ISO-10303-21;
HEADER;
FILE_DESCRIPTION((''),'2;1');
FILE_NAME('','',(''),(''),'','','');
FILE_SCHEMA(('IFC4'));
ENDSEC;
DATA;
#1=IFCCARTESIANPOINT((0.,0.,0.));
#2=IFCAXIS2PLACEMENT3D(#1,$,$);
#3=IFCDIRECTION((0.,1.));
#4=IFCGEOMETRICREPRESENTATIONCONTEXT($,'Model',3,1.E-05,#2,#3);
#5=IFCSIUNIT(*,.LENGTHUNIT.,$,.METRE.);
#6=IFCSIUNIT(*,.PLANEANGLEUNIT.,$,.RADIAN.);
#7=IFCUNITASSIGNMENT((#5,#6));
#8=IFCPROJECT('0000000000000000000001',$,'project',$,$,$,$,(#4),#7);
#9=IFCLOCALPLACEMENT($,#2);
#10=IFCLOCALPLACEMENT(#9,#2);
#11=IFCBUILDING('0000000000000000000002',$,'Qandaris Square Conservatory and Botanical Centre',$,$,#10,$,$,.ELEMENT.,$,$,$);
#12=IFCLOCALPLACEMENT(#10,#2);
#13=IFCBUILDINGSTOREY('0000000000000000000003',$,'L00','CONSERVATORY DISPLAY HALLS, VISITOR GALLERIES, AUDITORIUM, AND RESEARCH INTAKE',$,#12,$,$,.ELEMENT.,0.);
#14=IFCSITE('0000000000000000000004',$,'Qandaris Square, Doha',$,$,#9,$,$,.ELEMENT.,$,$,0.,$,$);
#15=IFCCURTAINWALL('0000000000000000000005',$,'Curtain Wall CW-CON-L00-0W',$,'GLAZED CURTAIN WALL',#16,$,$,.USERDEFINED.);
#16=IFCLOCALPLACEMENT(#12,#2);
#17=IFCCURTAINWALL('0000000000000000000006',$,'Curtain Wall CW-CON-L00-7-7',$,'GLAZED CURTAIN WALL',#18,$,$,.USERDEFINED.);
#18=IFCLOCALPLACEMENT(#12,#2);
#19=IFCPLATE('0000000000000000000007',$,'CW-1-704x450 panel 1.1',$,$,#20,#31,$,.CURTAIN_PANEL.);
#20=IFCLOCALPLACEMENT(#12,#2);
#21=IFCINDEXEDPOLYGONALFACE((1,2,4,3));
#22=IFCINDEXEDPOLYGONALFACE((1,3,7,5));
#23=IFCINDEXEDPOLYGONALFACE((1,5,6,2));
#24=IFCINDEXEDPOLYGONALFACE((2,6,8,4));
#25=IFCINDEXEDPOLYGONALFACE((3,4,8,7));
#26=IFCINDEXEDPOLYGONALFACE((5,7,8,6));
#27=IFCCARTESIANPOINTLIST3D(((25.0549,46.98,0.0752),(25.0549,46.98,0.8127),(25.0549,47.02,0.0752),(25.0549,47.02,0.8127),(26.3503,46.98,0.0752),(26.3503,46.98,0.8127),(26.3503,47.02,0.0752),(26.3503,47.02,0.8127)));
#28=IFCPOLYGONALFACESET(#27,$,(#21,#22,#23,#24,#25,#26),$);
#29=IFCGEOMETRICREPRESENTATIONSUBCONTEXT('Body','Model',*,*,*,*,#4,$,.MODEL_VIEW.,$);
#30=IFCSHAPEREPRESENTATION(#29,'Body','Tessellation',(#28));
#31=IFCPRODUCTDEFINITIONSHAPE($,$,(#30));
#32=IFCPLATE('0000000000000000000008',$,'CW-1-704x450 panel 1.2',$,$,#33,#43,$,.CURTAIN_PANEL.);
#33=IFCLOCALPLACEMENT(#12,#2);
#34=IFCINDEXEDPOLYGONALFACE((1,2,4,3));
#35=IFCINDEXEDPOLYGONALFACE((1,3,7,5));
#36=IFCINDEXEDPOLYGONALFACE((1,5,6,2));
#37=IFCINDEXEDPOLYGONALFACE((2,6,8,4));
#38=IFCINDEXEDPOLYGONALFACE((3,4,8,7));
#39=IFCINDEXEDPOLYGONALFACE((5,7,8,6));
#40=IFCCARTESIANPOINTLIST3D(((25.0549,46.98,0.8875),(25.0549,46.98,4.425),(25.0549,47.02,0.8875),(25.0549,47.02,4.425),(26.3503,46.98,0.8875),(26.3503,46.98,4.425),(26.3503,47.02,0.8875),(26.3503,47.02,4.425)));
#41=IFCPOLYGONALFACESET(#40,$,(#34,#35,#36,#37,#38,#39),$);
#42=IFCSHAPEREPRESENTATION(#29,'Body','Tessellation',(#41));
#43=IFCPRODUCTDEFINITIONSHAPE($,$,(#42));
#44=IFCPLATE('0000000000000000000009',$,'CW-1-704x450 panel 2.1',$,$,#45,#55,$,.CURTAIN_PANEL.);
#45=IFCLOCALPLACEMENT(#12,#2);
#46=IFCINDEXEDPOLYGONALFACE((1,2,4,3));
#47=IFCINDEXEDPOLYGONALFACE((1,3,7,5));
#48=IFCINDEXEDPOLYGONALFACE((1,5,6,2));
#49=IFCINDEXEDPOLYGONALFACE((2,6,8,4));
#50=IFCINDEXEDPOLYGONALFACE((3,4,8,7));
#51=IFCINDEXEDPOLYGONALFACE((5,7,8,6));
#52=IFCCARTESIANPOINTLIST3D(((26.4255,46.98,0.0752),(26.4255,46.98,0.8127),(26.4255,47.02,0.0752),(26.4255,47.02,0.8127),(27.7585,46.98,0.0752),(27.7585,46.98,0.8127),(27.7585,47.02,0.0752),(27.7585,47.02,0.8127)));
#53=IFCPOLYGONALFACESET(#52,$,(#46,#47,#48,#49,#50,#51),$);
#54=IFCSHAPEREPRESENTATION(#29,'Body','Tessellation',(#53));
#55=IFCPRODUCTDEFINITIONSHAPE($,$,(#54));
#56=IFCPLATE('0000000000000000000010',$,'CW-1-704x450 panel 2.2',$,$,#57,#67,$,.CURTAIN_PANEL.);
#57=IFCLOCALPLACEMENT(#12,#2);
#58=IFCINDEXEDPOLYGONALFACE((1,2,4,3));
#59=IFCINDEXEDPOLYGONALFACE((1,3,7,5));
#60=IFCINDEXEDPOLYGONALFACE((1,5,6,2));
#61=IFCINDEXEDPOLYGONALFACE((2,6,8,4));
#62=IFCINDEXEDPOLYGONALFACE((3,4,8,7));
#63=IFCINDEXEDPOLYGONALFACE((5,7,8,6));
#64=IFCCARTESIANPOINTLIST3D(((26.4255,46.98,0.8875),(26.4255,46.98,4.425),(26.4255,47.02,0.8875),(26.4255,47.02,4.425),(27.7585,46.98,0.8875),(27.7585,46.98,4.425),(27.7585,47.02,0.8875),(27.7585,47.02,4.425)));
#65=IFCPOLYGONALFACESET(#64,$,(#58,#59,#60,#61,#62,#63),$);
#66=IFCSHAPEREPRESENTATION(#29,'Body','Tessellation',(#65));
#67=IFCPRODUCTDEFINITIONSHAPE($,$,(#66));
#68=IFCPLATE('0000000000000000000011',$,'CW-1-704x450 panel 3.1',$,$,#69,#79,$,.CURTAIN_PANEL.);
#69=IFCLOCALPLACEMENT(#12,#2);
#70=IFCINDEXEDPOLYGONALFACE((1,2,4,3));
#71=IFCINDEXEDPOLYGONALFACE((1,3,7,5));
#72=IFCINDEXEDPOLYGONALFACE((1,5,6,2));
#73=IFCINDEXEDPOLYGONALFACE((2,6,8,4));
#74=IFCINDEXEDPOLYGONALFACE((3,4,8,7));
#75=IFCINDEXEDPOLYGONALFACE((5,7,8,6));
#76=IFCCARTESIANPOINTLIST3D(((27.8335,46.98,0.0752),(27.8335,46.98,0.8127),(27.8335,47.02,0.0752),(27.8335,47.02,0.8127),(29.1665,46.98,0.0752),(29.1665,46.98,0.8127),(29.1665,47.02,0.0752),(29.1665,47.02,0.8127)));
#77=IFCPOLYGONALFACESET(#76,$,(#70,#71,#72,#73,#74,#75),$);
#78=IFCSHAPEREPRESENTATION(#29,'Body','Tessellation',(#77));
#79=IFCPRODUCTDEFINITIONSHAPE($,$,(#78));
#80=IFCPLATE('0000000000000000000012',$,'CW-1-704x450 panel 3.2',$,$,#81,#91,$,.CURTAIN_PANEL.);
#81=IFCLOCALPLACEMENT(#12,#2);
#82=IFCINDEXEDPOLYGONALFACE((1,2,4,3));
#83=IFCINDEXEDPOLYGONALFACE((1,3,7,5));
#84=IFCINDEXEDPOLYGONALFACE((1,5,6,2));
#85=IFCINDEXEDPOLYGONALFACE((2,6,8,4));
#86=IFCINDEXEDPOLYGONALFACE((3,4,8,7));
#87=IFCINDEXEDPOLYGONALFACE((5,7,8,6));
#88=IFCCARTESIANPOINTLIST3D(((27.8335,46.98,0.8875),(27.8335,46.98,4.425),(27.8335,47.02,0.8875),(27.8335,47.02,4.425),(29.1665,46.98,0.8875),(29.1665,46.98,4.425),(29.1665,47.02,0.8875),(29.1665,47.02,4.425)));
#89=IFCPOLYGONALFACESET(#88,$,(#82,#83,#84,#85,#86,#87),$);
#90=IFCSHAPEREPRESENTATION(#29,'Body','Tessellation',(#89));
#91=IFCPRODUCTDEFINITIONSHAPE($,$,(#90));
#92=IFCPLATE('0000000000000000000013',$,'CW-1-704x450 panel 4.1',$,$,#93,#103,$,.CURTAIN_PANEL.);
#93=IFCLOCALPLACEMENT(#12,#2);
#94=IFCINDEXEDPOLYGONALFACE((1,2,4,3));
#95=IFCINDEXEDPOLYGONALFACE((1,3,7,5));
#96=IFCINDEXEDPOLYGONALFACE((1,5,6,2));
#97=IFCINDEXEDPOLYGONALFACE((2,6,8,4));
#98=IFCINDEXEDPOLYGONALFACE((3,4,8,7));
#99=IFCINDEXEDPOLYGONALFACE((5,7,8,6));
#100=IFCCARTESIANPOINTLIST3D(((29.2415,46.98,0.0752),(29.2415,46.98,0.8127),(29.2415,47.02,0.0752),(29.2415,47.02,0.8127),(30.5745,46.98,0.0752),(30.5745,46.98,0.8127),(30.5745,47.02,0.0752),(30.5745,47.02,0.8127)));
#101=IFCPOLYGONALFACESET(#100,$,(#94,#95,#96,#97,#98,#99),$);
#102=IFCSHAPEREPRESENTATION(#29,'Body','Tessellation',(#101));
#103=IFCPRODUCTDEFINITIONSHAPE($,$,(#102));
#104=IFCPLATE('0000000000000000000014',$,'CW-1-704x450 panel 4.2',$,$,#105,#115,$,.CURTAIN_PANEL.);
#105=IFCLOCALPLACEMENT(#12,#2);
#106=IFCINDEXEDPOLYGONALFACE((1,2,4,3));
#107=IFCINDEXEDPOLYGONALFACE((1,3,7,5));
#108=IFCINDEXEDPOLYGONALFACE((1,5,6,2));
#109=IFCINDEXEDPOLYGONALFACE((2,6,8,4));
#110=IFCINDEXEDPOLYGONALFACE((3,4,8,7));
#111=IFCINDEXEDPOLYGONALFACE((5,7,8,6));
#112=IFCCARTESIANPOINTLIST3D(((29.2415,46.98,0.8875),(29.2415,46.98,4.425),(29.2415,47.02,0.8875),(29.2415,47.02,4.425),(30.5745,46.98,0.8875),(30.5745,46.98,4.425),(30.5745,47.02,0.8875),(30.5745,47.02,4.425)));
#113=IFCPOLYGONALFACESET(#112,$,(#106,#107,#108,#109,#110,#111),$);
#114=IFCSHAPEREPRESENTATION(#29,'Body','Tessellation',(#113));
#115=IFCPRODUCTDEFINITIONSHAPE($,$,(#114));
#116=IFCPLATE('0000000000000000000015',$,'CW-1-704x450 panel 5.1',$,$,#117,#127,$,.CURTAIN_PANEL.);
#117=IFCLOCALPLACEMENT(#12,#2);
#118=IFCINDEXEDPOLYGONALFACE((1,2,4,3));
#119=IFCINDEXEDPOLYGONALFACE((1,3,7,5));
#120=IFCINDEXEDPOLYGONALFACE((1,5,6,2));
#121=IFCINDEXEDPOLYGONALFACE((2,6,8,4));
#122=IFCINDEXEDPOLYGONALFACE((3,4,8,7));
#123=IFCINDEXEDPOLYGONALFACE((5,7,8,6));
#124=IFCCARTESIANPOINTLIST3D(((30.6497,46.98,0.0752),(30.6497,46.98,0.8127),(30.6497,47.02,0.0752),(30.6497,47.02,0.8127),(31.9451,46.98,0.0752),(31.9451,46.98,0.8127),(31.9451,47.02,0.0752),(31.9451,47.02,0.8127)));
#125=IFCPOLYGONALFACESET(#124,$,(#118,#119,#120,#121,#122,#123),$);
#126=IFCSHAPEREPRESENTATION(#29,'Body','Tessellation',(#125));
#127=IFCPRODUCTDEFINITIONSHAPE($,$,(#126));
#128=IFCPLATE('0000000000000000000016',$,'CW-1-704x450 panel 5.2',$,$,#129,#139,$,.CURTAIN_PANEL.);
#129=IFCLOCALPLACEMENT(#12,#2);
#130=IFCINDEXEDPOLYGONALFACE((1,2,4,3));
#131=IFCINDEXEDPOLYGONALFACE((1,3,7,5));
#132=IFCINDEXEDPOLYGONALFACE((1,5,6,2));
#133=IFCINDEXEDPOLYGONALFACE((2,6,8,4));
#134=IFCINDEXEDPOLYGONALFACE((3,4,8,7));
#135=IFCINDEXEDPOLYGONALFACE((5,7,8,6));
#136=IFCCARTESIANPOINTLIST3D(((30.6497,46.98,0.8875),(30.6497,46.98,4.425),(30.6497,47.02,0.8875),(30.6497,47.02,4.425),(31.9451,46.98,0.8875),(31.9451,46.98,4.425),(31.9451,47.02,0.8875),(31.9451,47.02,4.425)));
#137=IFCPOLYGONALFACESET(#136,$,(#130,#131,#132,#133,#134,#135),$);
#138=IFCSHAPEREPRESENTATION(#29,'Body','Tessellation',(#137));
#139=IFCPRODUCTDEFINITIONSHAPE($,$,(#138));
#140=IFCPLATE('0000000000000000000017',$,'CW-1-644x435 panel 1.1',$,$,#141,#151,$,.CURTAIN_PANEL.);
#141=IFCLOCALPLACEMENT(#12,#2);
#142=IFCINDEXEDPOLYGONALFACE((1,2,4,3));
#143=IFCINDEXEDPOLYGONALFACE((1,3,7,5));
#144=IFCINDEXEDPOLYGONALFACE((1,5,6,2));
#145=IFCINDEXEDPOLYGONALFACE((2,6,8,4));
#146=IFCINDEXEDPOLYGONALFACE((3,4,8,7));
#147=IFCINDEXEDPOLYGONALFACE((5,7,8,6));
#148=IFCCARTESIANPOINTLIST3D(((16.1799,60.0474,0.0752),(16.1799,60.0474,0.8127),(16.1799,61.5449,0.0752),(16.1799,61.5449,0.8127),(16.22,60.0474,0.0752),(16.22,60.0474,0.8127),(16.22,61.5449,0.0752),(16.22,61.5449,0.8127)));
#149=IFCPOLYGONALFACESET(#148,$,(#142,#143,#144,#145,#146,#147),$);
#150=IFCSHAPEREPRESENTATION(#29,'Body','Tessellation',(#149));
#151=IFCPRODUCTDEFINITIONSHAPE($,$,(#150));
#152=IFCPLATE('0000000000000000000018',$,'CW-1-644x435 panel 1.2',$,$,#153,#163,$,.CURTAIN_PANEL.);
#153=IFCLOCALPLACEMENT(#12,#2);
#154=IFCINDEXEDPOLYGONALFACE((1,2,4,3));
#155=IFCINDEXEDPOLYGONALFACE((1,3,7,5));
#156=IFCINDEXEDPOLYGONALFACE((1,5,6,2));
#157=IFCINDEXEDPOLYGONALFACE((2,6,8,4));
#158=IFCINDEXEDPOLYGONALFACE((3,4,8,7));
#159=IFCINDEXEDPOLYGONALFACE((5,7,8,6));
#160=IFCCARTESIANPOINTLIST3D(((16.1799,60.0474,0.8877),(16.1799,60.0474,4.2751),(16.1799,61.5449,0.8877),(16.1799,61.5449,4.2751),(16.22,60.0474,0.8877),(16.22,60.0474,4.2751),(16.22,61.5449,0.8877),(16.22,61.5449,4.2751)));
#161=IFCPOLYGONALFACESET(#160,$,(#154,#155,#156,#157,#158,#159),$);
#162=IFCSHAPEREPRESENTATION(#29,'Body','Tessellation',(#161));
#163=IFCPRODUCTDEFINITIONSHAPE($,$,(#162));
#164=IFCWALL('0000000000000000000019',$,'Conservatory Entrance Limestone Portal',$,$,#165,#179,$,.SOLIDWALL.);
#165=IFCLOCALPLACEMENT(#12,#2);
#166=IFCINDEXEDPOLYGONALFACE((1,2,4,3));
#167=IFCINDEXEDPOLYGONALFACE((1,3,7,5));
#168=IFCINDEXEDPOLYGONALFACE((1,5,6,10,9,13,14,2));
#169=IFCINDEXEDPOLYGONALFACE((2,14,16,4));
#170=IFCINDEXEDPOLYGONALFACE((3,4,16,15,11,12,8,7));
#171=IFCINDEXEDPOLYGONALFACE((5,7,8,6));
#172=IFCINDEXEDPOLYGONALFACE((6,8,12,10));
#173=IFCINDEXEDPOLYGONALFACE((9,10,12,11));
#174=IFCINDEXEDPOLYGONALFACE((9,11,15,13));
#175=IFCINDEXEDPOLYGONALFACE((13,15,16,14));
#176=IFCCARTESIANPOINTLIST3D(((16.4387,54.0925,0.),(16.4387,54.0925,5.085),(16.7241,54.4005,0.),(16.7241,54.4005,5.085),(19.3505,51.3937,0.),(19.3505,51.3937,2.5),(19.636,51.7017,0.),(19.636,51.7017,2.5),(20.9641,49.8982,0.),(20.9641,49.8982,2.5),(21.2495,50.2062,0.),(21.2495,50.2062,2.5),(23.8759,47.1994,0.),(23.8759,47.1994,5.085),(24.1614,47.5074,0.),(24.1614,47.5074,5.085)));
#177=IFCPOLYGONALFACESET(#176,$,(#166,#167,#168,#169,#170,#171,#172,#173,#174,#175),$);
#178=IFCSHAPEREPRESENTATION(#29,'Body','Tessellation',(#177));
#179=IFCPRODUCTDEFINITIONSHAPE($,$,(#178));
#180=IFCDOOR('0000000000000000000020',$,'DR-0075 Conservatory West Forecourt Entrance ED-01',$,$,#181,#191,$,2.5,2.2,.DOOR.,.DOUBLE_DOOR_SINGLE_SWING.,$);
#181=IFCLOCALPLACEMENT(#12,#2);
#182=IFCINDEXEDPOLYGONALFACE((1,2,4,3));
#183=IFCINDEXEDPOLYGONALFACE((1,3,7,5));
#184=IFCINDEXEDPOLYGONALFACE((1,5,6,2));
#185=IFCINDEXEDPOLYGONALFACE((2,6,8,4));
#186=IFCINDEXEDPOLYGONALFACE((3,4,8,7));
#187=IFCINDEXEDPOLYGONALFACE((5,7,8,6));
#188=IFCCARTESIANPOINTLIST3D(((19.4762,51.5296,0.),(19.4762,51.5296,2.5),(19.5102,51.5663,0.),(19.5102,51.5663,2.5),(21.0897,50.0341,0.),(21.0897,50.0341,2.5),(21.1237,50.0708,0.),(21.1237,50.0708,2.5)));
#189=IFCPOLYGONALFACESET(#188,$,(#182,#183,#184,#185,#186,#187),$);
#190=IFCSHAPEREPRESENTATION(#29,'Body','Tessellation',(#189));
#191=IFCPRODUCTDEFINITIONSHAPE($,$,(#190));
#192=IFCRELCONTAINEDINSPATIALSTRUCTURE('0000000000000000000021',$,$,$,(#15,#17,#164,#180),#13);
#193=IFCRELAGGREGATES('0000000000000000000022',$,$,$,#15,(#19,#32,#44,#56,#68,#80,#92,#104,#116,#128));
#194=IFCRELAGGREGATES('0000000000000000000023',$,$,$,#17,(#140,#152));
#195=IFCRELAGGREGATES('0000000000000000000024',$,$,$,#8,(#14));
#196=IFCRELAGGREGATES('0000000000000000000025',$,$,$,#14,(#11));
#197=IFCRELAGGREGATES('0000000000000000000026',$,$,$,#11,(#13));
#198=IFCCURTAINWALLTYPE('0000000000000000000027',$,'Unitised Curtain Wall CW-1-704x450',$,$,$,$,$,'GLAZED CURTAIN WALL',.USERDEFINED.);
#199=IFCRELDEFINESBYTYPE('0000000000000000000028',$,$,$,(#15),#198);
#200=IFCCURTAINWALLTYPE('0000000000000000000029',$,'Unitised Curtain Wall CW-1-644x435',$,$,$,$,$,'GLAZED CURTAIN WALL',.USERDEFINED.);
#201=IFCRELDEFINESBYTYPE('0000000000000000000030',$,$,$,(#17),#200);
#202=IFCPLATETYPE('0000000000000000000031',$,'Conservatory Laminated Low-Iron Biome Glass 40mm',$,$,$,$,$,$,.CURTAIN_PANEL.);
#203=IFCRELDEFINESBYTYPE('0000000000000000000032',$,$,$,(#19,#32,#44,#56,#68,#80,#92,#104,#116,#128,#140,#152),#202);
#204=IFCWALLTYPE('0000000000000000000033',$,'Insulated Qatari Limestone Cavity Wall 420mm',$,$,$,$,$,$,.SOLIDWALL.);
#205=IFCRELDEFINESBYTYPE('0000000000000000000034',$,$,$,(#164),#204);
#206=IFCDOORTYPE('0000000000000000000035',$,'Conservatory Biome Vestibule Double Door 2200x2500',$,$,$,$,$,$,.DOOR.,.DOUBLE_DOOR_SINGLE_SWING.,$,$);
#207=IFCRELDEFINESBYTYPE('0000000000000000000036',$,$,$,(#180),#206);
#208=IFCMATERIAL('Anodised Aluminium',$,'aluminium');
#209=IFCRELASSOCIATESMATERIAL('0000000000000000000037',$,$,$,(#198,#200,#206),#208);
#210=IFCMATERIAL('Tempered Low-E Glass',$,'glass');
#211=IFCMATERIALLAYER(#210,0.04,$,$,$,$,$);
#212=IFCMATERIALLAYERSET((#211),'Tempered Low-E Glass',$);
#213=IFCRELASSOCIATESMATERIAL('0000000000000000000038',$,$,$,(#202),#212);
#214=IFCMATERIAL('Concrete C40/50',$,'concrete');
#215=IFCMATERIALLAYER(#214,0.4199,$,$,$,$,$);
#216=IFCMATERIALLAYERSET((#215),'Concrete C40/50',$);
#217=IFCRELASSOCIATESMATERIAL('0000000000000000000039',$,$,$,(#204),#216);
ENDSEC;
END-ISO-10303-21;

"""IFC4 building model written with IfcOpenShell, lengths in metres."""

from ifc_helpers import new_model, si_unit, direction, frame, frame_2d, origin, origin_2d, place, context, subcontext, project, spatial, rectangle, extrude, material, layer, layer_set, type_object, element, fill, aggregate, save


model = new_model("IFC4")

# Units and contexts
model_context = context("Model", 3, precision=1e-05, world=origin(), true_north=direction((0.0, 1.0)))
body_context = subcontext(model_context, "Body", "Model", "MODEL_VIEW")
ifc_project = project(units=[si_unit("LENGTHUNIT", "METRE"), si_unit("PLANEANGLEUNIT", "RADIAN")], contexts=[model_context])

# Site, building, storey
site_placement = place(None, origin())
site = spatial("IfcSite", under=ifc_project, at=site_placement, Name="Qandaris Square, Doha", CompositionType="ELEMENT", RefElevation=0.0)
building_placement = place(site_placement, origin())
building = spatial("IfcBuilding", under=site, at=building_placement, Name="Qandaris Square Conservatory and Botanical Centre", CompositionType="ELEMENT")
storey_placement = place(building_placement, origin())
storey = spatial("IfcBuildingStorey", under=building, at=storey_placement, Name="L00", Description="CONSERVATORY DISPLAY HALLS, VISITOR GALLERIES, AUDITORIUM, AND RESEARCH INTAKE", CompositionType="ELEMENT", Elevation=0.0)

# Curtain walls
ifc_material_1 = material(Name="Anodised Aluminium", Category="aluminium")
curtain_wall_type_1 = type_object("IfcCurtainWallType", Name="Unitised Curtain Wall CW-1-704x450", ElementType="GLAZED CURTAIN WALL", PredefinedType="USERDEFINED", material=ifc_material_1)
curtain_wall_1_placement = place(storey_placement, origin())
curtain_wall_1 = element("IfcCurtainWall", 1, at=curtain_wall_1_placement, inside=storey, type_object=curtain_wall_type_1, Name="Curtain Wall CW-CON-L00-0W", ObjectType="GLAZED CURTAIN WALL", PredefinedType="USERDEFINED")
curtain_wall_type_2 = type_object("IfcCurtainWallType", Name="Unitised Curtain Wall CW-1-644x435", ElementType="GLAZED CURTAIN WALL", PredefinedType="USERDEFINED", material=ifc_material_1)
curtain_wall_2_placement = place(storey_placement, origin())
curtain_wall_2 = element("IfcCurtainWall", 2, at=curtain_wall_2_placement, inside=storey, type_object=curtain_wall_type_2, Name="Curtain Wall CW-CON-L00-7-7", ObjectType="GLAZED CURTAIN WALL", PredefinedType="USERDEFINED")

# Plates
ifc_material_2 = material(Name="Tempered Low-E Glass", Category="glass")
ifc_layer_1 = layer(ifc_material_2, 0.04)
ifc_layer_set_1 = layer_set([ifc_layer_1], Name="Tempered Low-E Glass")
plate_type = type_object("IfcPlateType", Name="Conservatory Laminated Low-Iron Biome Glass 40mm", PredefinedType="CURTAIN_PANEL", material=ifc_layer_set_1)
plate_1_placement = place(storey_placement, frame((25.7026, 47.0, 0.0752), z_axis=(0.0, 0.0, 1.0), x_axis=(1.0, 0.0, 0.0)))
plate_1 = element("IfcPlate", 3, at=plate_1_placement, type_object=plate_type, Name="CW-1-704x450 panel 1.1", PredefinedType="CURTAIN_PANEL", context=body_context, shape_type="SweptSolid", body=[
    extrude(rectangle(XDim=1.2954, YDim=0.04, at=origin_2d()), origin(), (0.0, 0.0, 1.0), 0.7375),
])
plate_2_placement = place(storey_placement, frame((25.7026, 47.0, 0.8875), z_axis=(0.0, 0.0, 1.0), x_axis=(1.0, 0.0, 0.0)))
plate_2 = element("IfcPlate", 4, at=plate_2_placement, type_object=plate_type, Name="CW-1-704x450 panel 1.2", PredefinedType="CURTAIN_PANEL", context=body_context, shape_type="SweptSolid", body=[
    extrude(rectangle(XDim=1.2954, YDim=0.04, at=origin_2d()), origin(), (0.0, 0.0, 1.0), 3.5376),
])
plate_3_placement = place(storey_placement, frame((27.092, 47.0, 0.0752), z_axis=(0.0, 0.0, 1.0), x_axis=(1.0, 0.0, 0.0)))
plate_3 = element("IfcPlate", 5, at=plate_3_placement, type_object=plate_type, Name="CW-1-704x450 panel 2.1", PredefinedType="CURTAIN_PANEL", context=body_context, shape_type="SweptSolid", body=[
    extrude(rectangle(XDim=1.333, YDim=0.04, at=origin_2d()), origin(), (0.0, 0.0, 1.0), 0.7375),
])
plate_4_placement = place(storey_placement, frame((27.092, 47.0, 0.8875), z_axis=(0.0, 0.0, 1.0), x_axis=(1.0, 0.0, 0.0)))
plate_4 = element("IfcPlate", 6, at=plate_4_placement, type_object=plate_type, Name="CW-1-704x450 panel 2.2", PredefinedType="CURTAIN_PANEL", context=body_context, shape_type="SweptSolid", body=[
    extrude(rectangle(XDim=1.333, YDim=0.04, at=origin_2d()), origin(), (0.0, 0.0, 1.0), 3.5376),
])
plate_5_placement = place(storey_placement, frame((28.5, 47.0, 0.0752), z_axis=(0.0, 0.0, 1.0), x_axis=(1.0, 0.0, 0.0)))
plate_5 = element("IfcPlate", 7, at=plate_5_placement, type_object=plate_type, Name="CW-1-704x450 panel 3.1", PredefinedType="CURTAIN_PANEL", context=body_context, shape_type="SweptSolid", body=[
    extrude(rectangle(XDim=1.333, YDim=0.04, at=origin_2d()), origin(), (0.0, 0.0, 1.0), 0.7375),
])
plate_6_placement = place(storey_placement, frame((28.5, 47.0, 0.8875), z_axis=(0.0, 0.0, 1.0), x_axis=(1.0, 0.0, 0.0)))
plate_6 = element("IfcPlate", 8, at=plate_6_placement, type_object=plate_type, Name="CW-1-704x450 panel 3.2", PredefinedType="CURTAIN_PANEL", context=body_context, shape_type="SweptSolid", body=[
    extrude(rectangle(XDim=1.333, YDim=0.04, at=origin_2d()), origin(), (0.0, 0.0, 1.0), 3.5376),
])
plate_7_placement = place(storey_placement, frame((29.908, 47.0, 0.0752), z_axis=(0.0, 0.0, 1.0), x_axis=(1.0, 0.0, 0.0)))
plate_7 = element("IfcPlate", 9, at=plate_7_placement, type_object=plate_type, Name="CW-1-704x450 panel 4.1", PredefinedType="CURTAIN_PANEL", context=body_context, shape_type="SweptSolid", body=[
    extrude(rectangle(XDim=1.333, YDim=0.04, at=origin_2d()), origin(), (0.0, 0.0, 1.0), 0.7375),
])
plate_8_placement = place(storey_placement, frame((29.908, 47.0, 0.8875), z_axis=(0.0, 0.0, 1.0), x_axis=(1.0, 0.0, 0.0)))
plate_8 = element("IfcPlate", 10, at=plate_8_placement, type_object=plate_type, Name="CW-1-704x450 panel 4.2", PredefinedType="CURTAIN_PANEL", context=body_context, shape_type="SweptSolid", body=[
    extrude(rectangle(XDim=1.333, YDim=0.04, at=origin_2d()), origin(), (0.0, 0.0, 1.0), 3.5376),
])
plate_9_placement = place(storey_placement, frame((31.2974, 47.0, 0.0752), z_axis=(0.0, 0.0, 1.0), x_axis=(1.0, 0.0, 0.0)))
plate_9 = element("IfcPlate", 11, at=plate_9_placement, type_object=plate_type, Name="CW-1-704x450 panel 5.1", PredefinedType="CURTAIN_PANEL", context=body_context, shape_type="SweptSolid", body=[
    extrude(rectangle(XDim=1.2954, YDim=0.04, at=origin_2d()), origin(), (0.0, 0.0, 1.0), 0.7375),
])
plate_10_placement = place(storey_placement, frame((31.2974, 47.0, 0.8875), z_axis=(0.0, 0.0, 1.0), x_axis=(1.0, 0.0, 0.0)))
plate_10 = element("IfcPlate", 12, at=plate_10_placement, type_object=plate_type, Name="CW-1-704x450 panel 5.2", PredefinedType="CURTAIN_PANEL", context=body_context, shape_type="SweptSolid", body=[
    extrude(rectangle(XDim=1.2954, YDim=0.04, at=origin_2d()), origin(), (0.0, 0.0, 1.0), 3.5376),
])
aggregate(curtain_wall_1, [plate_1, plate_2, plate_3, plate_4, plate_5, plate_6, plate_7, plate_8, plate_9, plate_10])
plate_11_placement = place(storey_placement, frame((16.2, 60.7961, 0.0752), z_axis=(0.0, 0.0, 1.0), x_axis=(0.0, -1.0, 0.0)))
plate_11 = element("IfcPlate", 13, at=plate_11_placement, type_object=plate_type, Name="CW-1-644x435 panel 1.1", PredefinedType="CURTAIN_PANEL", context=body_context, shape_type="SweptSolid", body=[
    extrude(rectangle(XDim=1.4976, YDim=0.04, at=origin_2d()), origin(), (0.0, 0.0, 1.0), 0.7375),
])
plate_12_placement = place(storey_placement, frame((16.2, 60.7961, 0.8877), z_axis=(0.0, 0.0, 1.0), x_axis=(0.0, -1.0, 0.0)))
plate_12 = element("IfcPlate", 14, at=plate_12_placement, type_object=plate_type, Name="CW-1-644x435 panel 1.2", PredefinedType="CURTAIN_PANEL", context=body_context, shape_type="SweptSolid", body=[
    extrude(rectangle(XDim=1.4976, YDim=0.04, at=origin_2d()), origin(), (0.0, 0.0, 1.0), 3.3875),
])
aggregate(curtain_wall_2, [plate_11, plate_12])

# Wall, opening, door
ifc_material_3 = material(Name="Concrete C40/50", Category="concrete")
ifc_layer_2 = layer(ifc_material_3, 0.4199)
ifc_layer_set_2 = layer_set([ifc_layer_2], Name="Concrete C40/50")
wall_type = type_object("IfcWallType", Name="Insulated Qatari Limestone Cavity Wall 420mm", PredefinedType="SOLIDWALL", material=ifc_layer_set_2)
wall_placement = place(storey_placement, frame((16.5813, 54.2466, 0.0), z_axis=(0.0, 0.0, 1.0), x_axis=(0.73343, -0.679765, 0.0)))
wall = element("IfcWall", 15, at=wall_placement, inside=storey, type_object=wall_type, Name="Conservatory Entrance Limestone Portal", PredefinedType="SOLIDWALL", context=body_context, shape_type="SweptSolid", body=[
    extrude(rectangle(XDim=10.1404, YDim=0.4199, at=frame_2d((5.0703, 0.0))), origin(), (0.0, 0.0, 1.0), 5.085),
])
opening_placement = place(wall_placement, frame((3.9702, 0.0, 0.0)))
opening = element("IfcOpeningElement", 16, at=opening_placement, cuts=wall, PredefinedType="OPENING", context=body_context, shape_type="SweptSolid", body=[
    extrude(rectangle(XDim=2.2, YDim=2.5, at=frame_2d((1.1001, 1.25))), frame((0.0, 0.2219, 0.0), z_axis=(0.0, -1.0, 0.0), x_axis=(1.0, 0.0, 0.0)), (0.0, 0.0, 1.0), 0.4438),
])
door_type = type_object("IfcDoorType", Name="Conservatory Biome Vestibule Double Door 2200x2500", OperationType="DOUBLE_DOOR_SINGLE_SWING", PredefinedType="DOOR", material=ifc_material_1)
door_placement = place(opening_placement, frame((2.2, 0.0, 0.0), z_axis=(0.0, 0.0, 1.0), x_axis=(-1.0, 0.0, 0.0)))
door = element("IfcDoor", 17, at=door_placement, inside=storey, type_object=door_type, Name="DR-0075 Conservatory West Forecourt Entrance ED-01", OperationType="DOUBLE_DOOR_SINGLE_SWING", OverallHeight=2.5, OverallWidth=2.2, PredefinedType="DOOR", context=body_context, shape_type="SweptSolid", body=[
    extrude(rectangle(XDim=2.2, YDim=2.5, at=frame_2d((1.1001, 1.25))), frame((0.0, 0.0249, 0.0), z_axis=(0.0, -1.0, 0.0), x_axis=(1.0, 0.0, 0.0)), (0.0, 0.0, 1.0), 0.05),
])
fill(opening, door)

save(model, "model.ifc")
